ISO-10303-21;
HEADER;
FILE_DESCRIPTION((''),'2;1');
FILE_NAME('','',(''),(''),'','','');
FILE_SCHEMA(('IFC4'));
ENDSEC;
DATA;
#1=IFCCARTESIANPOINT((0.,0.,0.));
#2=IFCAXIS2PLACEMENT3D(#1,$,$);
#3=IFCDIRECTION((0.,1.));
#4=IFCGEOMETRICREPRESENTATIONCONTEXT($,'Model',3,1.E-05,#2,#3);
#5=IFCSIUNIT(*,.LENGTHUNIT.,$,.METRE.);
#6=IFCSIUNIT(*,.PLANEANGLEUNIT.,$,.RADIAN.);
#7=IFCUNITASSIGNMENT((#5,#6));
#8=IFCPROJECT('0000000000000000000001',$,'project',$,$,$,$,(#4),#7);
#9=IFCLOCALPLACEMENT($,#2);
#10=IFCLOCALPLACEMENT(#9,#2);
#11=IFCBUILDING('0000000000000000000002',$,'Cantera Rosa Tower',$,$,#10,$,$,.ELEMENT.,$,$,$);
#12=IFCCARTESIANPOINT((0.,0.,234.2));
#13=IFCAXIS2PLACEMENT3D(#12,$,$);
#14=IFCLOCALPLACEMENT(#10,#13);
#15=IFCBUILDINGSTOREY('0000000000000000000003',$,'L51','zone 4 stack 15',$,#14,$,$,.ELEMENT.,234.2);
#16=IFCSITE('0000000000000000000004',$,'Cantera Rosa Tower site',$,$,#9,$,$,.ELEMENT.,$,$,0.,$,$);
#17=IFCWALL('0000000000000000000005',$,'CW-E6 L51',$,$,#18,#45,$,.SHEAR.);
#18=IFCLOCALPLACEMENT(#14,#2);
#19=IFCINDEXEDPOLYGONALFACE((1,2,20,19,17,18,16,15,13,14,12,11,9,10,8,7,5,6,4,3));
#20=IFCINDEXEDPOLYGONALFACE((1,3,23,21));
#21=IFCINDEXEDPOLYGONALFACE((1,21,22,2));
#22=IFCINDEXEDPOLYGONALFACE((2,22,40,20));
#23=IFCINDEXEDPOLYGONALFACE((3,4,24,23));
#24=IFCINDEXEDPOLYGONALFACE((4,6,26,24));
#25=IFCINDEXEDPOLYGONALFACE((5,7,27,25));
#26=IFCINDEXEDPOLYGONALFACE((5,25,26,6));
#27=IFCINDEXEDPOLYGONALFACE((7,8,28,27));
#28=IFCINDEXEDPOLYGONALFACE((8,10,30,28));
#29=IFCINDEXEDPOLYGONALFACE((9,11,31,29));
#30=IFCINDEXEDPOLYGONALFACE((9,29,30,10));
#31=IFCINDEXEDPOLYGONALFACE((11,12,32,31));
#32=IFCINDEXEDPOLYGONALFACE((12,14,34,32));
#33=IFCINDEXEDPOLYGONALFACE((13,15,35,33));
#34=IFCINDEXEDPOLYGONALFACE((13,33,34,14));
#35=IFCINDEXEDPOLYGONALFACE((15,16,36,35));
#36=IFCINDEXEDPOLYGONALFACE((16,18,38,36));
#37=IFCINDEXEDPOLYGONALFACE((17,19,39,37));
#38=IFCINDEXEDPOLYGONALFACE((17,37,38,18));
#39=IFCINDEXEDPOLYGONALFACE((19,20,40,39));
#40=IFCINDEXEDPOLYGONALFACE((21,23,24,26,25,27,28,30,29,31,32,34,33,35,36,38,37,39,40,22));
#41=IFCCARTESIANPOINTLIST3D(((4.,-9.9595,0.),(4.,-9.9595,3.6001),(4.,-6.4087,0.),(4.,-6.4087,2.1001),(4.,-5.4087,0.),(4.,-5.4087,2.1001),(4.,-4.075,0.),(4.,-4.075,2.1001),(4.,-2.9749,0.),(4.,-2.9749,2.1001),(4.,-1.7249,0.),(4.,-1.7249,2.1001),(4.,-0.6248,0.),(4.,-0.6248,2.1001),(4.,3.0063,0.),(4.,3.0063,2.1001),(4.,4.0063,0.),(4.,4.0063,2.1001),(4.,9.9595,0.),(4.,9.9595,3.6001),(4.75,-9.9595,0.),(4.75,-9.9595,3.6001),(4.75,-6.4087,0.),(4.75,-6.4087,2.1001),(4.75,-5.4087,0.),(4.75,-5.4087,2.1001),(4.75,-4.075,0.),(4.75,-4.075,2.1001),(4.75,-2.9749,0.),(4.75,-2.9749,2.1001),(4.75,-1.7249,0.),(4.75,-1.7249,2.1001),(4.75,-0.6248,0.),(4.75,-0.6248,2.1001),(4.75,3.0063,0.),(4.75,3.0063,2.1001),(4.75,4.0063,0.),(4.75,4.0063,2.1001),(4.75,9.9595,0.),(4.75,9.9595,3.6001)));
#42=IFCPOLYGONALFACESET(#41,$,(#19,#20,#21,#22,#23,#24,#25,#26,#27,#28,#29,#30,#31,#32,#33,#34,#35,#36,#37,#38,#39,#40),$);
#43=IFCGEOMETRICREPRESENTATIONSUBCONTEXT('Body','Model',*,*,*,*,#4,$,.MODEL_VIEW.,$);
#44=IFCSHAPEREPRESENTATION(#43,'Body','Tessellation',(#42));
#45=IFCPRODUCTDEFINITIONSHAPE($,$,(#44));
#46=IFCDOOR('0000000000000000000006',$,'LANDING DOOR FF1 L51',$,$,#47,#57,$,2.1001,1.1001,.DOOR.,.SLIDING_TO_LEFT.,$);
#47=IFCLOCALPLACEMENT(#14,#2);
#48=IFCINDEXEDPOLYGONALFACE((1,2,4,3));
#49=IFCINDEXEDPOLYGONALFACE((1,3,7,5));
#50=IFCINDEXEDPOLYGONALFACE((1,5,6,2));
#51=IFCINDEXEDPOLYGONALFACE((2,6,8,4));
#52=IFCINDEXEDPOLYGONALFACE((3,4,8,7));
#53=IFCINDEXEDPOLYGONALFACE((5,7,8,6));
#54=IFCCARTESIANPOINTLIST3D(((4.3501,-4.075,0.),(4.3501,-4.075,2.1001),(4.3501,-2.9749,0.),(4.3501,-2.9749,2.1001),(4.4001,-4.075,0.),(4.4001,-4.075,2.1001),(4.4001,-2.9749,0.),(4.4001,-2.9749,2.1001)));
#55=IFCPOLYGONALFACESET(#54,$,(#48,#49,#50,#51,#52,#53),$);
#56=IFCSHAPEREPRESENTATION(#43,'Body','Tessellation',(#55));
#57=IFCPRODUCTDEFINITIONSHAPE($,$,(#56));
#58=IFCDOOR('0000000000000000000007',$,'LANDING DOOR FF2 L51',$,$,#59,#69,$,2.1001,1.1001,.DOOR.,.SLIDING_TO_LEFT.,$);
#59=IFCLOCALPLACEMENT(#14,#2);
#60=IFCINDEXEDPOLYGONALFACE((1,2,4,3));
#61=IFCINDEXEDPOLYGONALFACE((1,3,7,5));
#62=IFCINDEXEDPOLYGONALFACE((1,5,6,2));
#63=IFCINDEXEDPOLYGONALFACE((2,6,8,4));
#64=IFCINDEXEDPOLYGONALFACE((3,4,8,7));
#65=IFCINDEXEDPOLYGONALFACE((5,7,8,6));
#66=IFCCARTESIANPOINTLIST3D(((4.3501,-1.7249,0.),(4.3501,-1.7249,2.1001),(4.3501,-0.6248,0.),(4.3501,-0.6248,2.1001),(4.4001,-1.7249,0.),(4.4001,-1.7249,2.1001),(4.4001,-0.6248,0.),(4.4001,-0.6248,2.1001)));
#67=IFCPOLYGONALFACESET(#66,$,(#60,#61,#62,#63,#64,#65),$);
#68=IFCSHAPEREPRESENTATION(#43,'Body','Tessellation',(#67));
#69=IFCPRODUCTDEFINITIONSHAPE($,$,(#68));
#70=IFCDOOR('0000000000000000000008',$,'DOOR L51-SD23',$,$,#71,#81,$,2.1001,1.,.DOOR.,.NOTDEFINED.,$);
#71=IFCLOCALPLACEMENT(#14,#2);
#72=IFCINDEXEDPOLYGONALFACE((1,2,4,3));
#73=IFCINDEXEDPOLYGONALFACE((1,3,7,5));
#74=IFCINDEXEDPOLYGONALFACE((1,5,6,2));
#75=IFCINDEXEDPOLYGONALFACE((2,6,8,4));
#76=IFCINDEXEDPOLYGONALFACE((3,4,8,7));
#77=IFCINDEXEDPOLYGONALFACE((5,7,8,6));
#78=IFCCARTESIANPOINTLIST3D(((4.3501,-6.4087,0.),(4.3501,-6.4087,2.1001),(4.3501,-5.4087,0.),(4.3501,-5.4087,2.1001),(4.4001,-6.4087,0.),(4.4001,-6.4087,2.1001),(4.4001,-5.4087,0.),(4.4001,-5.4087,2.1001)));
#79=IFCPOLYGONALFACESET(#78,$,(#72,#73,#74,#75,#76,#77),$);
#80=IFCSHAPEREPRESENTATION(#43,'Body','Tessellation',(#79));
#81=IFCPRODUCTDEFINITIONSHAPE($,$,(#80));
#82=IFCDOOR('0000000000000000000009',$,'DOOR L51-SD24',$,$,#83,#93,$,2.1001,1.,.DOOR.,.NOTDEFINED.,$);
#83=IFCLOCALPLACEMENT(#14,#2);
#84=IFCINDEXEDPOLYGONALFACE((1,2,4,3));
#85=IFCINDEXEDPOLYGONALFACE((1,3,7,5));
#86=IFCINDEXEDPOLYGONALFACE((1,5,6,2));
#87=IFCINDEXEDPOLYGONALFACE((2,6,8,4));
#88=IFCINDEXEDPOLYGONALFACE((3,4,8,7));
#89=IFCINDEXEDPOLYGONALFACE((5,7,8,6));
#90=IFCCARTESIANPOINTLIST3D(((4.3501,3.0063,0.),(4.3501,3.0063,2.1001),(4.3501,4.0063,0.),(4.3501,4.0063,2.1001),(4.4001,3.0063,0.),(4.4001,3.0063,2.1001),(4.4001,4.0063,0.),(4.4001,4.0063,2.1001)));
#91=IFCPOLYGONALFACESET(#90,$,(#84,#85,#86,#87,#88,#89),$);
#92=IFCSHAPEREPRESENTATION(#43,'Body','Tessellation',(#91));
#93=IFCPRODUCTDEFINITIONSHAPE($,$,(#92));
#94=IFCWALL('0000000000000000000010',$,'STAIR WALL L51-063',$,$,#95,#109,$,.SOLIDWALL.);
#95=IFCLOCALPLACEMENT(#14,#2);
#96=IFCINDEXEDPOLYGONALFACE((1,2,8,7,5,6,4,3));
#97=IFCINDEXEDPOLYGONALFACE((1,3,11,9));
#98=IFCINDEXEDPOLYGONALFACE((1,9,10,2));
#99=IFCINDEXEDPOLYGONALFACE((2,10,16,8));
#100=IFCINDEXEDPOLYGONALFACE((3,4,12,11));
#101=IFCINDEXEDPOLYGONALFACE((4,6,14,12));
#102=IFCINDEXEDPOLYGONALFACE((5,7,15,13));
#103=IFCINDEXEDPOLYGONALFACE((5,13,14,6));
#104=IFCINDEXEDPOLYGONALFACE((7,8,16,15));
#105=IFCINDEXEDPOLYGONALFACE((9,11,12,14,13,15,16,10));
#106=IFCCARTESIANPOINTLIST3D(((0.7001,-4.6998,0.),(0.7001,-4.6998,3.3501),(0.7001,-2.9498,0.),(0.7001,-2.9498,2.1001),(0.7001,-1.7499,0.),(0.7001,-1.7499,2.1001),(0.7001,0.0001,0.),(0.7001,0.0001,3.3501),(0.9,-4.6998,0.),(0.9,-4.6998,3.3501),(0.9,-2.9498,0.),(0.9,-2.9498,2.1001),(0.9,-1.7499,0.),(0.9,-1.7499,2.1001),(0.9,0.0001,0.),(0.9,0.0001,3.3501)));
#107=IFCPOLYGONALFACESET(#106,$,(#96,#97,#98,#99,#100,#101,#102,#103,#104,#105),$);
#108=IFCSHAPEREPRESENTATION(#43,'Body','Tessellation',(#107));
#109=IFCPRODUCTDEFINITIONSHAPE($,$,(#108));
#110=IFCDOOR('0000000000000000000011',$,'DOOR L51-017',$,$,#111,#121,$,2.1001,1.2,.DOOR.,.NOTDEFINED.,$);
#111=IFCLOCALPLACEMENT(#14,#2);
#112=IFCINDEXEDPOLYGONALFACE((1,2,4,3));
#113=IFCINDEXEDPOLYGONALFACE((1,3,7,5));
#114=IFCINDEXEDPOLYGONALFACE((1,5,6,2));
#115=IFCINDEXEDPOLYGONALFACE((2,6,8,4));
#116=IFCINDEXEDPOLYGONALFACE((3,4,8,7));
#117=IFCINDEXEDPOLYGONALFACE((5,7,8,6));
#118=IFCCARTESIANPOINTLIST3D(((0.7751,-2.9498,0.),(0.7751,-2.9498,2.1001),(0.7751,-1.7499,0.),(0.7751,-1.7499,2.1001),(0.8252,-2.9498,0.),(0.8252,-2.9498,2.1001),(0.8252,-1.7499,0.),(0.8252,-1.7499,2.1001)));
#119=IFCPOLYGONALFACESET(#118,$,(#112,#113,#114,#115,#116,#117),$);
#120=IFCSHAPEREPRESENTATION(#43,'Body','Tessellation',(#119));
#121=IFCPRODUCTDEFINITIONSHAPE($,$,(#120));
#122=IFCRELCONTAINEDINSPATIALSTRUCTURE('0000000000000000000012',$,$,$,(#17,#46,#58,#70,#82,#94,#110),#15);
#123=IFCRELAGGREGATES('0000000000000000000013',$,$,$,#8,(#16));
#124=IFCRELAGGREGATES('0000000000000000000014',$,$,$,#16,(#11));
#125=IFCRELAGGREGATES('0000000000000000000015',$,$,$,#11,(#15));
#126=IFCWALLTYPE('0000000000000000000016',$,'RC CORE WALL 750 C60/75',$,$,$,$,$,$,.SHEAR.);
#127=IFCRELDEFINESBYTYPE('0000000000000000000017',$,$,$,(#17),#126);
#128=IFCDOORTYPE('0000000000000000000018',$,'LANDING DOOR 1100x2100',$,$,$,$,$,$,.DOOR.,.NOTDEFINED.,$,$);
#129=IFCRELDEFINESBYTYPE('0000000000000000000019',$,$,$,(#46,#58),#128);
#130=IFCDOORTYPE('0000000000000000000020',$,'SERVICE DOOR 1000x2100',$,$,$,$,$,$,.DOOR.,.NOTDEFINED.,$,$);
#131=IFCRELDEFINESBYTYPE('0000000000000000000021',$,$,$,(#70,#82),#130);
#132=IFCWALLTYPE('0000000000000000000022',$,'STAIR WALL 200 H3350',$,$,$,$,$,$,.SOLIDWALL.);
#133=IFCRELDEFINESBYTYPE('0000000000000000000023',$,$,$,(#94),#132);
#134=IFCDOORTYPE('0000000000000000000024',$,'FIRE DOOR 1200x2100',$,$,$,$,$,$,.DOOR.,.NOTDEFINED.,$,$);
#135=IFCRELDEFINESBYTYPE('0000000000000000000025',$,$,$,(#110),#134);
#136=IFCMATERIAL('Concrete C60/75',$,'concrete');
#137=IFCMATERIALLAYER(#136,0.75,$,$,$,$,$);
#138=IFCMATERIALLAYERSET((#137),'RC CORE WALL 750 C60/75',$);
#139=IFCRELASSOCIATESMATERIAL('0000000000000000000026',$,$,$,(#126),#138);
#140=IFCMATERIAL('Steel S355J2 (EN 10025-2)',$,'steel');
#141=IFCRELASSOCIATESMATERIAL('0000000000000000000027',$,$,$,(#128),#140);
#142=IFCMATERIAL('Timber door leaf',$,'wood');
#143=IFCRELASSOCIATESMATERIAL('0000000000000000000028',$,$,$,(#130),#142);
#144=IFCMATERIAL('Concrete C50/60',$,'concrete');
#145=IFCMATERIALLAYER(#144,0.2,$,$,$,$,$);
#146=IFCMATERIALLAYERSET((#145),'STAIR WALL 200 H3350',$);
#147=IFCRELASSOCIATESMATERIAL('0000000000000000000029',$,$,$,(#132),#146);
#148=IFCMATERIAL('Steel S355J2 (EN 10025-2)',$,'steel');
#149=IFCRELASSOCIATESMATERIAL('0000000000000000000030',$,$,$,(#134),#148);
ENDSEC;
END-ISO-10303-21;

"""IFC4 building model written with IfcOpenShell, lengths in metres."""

from ifc_helpers import new_model, si_unit, direction, frame, frame_2d, origin, place, context, subcontext, project, spatial, rectangle, extrude, material, layer, layer_set, type_object, element, fill, save


model = new_model("IFC4")

# Units and contexts
model_context = context("Model", 3, precision=1e-05, world=origin(), true_north=direction((0.0, 1.0)))
body_context = subcontext(model_context, "Body", "Model", "MODEL_VIEW")
ifc_project = project(units=[si_unit("LENGTHUNIT", "METRE"), si_unit("PLANEANGLEUNIT", "RADIAN")], contexts=[model_context])

# Site, building, storey
site_placement = place(None, origin())
site = spatial("IfcSite", under=ifc_project, at=site_placement, Name="Cantera Rosa Tower site", CompositionType="ELEMENT", RefElevation=0.0)
building_placement = place(site_placement, origin())
building = spatial("IfcBuilding", under=site, at=building_placement, Name="Cantera Rosa Tower", CompositionType="ELEMENT")
storey_placement = place(building_placement, frame((0.0, 0.0, 234.2)))
storey = spatial("IfcBuildingStorey", under=building, at=storey_placement, Name="L51", Description="zone 4 stack 15", CompositionType="ELEMENT", Elevation=234.2)

# Wall, openings, doors
ifc_material_1 = material(Name="Concrete C60/75", Category="concrete")
ifc_layer_1 = layer(ifc_material_1, 0.75)
ifc_layer_set_1 = layer_set([ifc_layer_1], Name="RC CORE WALL 750 C60/75")
wall_type_1 = type_object("IfcWallType", Name="RC CORE WALL 750 C60/75", PredefinedType="SHEAR", material=ifc_layer_set_1)
wall_1_placement = place(storey_placement, frame((4.375, -9.9595, 0.0), z_axis=(0.0, 0.0, 1.0), x_axis=(0.0, 1.0, 0.0)))
wall_1 = element("IfcWall", 1, at=wall_1_placement, inside=storey, type_object=wall_type_1, Name="CW-E6 L51", PredefinedType="SHEAR", context=body_context, shape_type="SweptSolid", body=[
    extrude(rectangle(XDim=19.9189, YDim=0.75, at=frame_2d((9.9595, 0.0))), origin(), (0.0, 0.0, 1.0), 3.6001),
])
opening_1_placement = place(wall_1_placement, frame((5.8845, 0.0, 0.0)))
opening_1 = element("IfcOpeningElement", 2, at=opening_1_placement, cuts=wall_1, PredefinedType="OPENING", context=body_context, shape_type="SweptSolid", body=[
    extrude(rectangle(XDim=1.1001, YDim=2.1001, at=frame_2d((0.55, 1.05))), frame((0.0, 0.385, 0.0), z_axis=(0.0, -1.0, 0.0), x_axis=(1.0, 0.0, 0.0)), (0.0, 0.0, 1.0), 0.77),
])
opening_2_placement = place(wall_1_placement, frame((8.2346, 0.0, 0.0)))
opening_2 = element("IfcOpeningElement", 3, at=opening_2_placement, cuts=wall_1, PredefinedType="OPENING", context=body_context, shape_type="SweptSolid", body=[
    extrude(rectangle(XDim=1.1001, YDim=2.1001, at=frame_2d((0.55, 1.05))), frame((0.0, 0.385, 0.0), z_axis=(0.0, -1.0, 0.0), x_axis=(1.0, 0.0, 0.0)), (0.0, 0.0, 1.0), 0.77),
])
opening_3_placement = place(wall_1_placement, frame((3.5508, 0.0, 0.0)))
opening_3 = element("IfcOpeningElement", 4, at=opening_3_placement, cuts=wall_1, PredefinedType="OPENING", context=body_context, shape_type="SweptSolid", body=[
    extrude(rectangle(XDim=1.0, YDim=2.1001, at=frame_2d((0.5, 1.05))), frame((0.0, 0.385, 0.0), z_axis=(0.0, -1.0, 0.0), x_axis=(1.0, 0.0, 0.0)), (0.0, 0.0, 1.0), 0.77),
])
opening_4_placement = place(wall_1_placement, frame((12.9658, 0.0, 0.0)))
opening_4 = element("IfcOpeningElement", 5, at=opening_4_placement, cuts=wall_1, PredefinedType="OPENING", context=body_context, shape_type="SweptSolid", body=[
    extrude(rectangle(XDim=1.0, YDim=2.1001, at=frame_2d((0.5, 1.05))), frame((0.0, 0.385, 0.0), z_axis=(0.0, -1.0, 0.0), x_axis=(1.0, 0.0, 0.0)), (0.0, 0.0, 1.0), 0.77),
])
ifc_material_2 = material(Name="Steel S355J2 (EN 10025-2)", Category="steel")
door_type_1 = type_object("IfcDoorType", Name="LANDING DOOR 1100x2100", OperationType="NOTDEFINED", PredefinedType="DOOR", material=ifc_material_2)
door_1_placement = place(opening_1_placement, origin())
door_1 = element("IfcDoor", 6, at=door_1_placement, inside=storey, type_object=door_type_1, Name="LANDING DOOR FF1 L51", OperationType="SLIDING_TO_LEFT", OverallHeight=2.1001, OverallWidth=1.1001, PredefinedType="DOOR", context=body_context, shape_type="SweptSolid", body=[
    extrude(rectangle(XDim=1.1001, YDim=2.1001, at=frame_2d((0.55, 1.05))), frame((0.0, 0.0249, 0.0), z_axis=(0.0, -1.0, 0.0), x_axis=(1.0, 0.0, 0.0)), (0.0, 0.0, 1.0), 0.05),
])
fill(opening_1, door_1)
door_2_placement = place(opening_2_placement, origin())
door_2 = element("IfcDoor", 7, at=door_2_placement, inside=storey, type_object=door_type_1, Name="LANDING DOOR FF2 L51", OperationType="SLIDING_TO_LEFT", OverallHeight=2.1001, OverallWidth=1.1001, PredefinedType="DOOR", context=body_context, shape_type="SweptSolid", body=[
    extrude(rectangle(XDim=1.1001, YDim=2.1001, at=frame_2d((0.55, 1.05))), frame((0.0, 0.0249, 0.0), z_axis=(0.0, -1.0, 0.0), x_axis=(1.0, 0.0, 0.0)), (0.0, 0.0, 1.0), 0.05),
])
fill(opening_2, door_2)
ifc_material_3 = material(Name="Timber door leaf", Category="wood")
door_type_2 = type_object("IfcDoorType", Name="SERVICE DOOR 1000x2100", OperationType="NOTDEFINED", PredefinedType="DOOR", material=ifc_material_3)
door_3_placement = place(opening_3_placement, origin())
door_3 = element("IfcDoor", 8, at=door_3_placement, inside=storey, type_object=door_type_2, Name="DOOR L51-SD23", OperationType="NOTDEFINED", OverallHeight=2.1001, OverallWidth=1.0, PredefinedType="DOOR", context=body_context, shape_type="SweptSolid", body=[
    extrude(rectangle(XDim=1.0, YDim=2.1001, at=frame_2d((0.5, 1.05))), frame((0.0, 0.0249, 0.0), z_axis=(0.0, -1.0, 0.0), x_axis=(1.0, 0.0, 0.0)), (0.0, 0.0, 1.0), 0.05),
])
fill(opening_3, door_3)
door_4_placement = place(opening_4_placement, origin())
door_4 = element("IfcDoor", 9, at=door_4_placement, inside=storey, type_object=door_type_2, Name="DOOR L51-SD24", OperationType="NOTDEFINED", OverallHeight=2.1001, OverallWidth=1.0, PredefinedType="DOOR", context=body_context, shape_type="SweptSolid", body=[
    extrude(rectangle(XDim=1.0, YDim=2.1001, at=frame_2d((0.5, 1.05))), frame((0.0, 0.0249, 0.0), z_axis=(0.0, -1.0, 0.0), x_axis=(1.0, 0.0, 0.0)), (0.0, 0.0, 1.0), 0.05),
])
fill(opening_4, door_4)

# Wall, opening, door
ifc_material_4 = material(Name="Concrete C50/60", Category="concrete")
ifc_layer_2 = layer(ifc_material_4, 0.2)
ifc_layer_set_2 = layer_set([ifc_layer_2], Name="STAIR WALL 200 H3350")
wall_type_2 = type_object("IfcWallType", Name="STAIR WALL 200 H3350", PredefinedType="SOLIDWALL", material=ifc_layer_set_2)
wall_2_placement = place(storey_placement, frame((0.8, -4.7, 0.0), z_axis=(0.0, 0.0, 1.0), x_axis=(0.0, 1.0, 0.0)))
wall_2 = element("IfcWall", 10, at=wall_2_placement, inside=storey, type_object=wall_type_2, Name="STAIR WALL L51-063", PredefinedType="SOLIDWALL", context=body_context, shape_type="SweptSolid", body=[
    extrude(rectangle(XDim=4.7, YDim=0.2, at=frame_2d((2.3501, 0.0))), origin(), (0.0, 0.0, 1.0), 3.3501),
])
opening_5_placement = place(wall_2_placement, frame((1.75, 0.0, 0.0)))
opening_5 = element("IfcOpeningElement", 11, at=opening_5_placement, cuts=wall_2, PredefinedType="OPENING", context=body_context, shape_type="SweptSolid", body=[
    extrude(rectangle(XDim=1.2, YDim=2.1001, at=frame_2d((0.6001, 1.05))), frame((0.0, 0.1099, 0.0), z_axis=(0.0, -1.0, 0.0), x_axis=(1.0, 0.0, 0.0)), (0.0, 0.0, 1.0), 0.22),
])
ifc_material_5 = material(Name="Steel S355J2 (EN 10025-2)", Category="steel")
door_type_3 = type_object("IfcDoorType", Name="FIRE DOOR 1200x2100", OperationType="NOTDEFINED", PredefinedType="DOOR", material=ifc_material_5)
door_5_placement = place(opening_5_placement, origin())
door_5 = element("IfcDoor", 12, at=door_5_placement, inside=storey, type_object=door_type_3, Name="DOOR L51-017", OperationType="NOTDEFINED", OverallHeight=2.1001, OverallWidth=1.2, PredefinedType="DOOR", context=body_context, shape_type="SweptSolid", body=[
    extrude(rectangle(XDim=1.2, YDim=2.1001, at=frame_2d((0.6001, 1.05))), frame((0.0, 0.0249, 0.0), z_axis=(0.0, -1.0, 0.0), x_axis=(1.0, 0.0, 0.0)), (0.0, 0.0, 1.0), 0.05),
])
fill(opening_5, door_5)

save(model, "model.ifc")
